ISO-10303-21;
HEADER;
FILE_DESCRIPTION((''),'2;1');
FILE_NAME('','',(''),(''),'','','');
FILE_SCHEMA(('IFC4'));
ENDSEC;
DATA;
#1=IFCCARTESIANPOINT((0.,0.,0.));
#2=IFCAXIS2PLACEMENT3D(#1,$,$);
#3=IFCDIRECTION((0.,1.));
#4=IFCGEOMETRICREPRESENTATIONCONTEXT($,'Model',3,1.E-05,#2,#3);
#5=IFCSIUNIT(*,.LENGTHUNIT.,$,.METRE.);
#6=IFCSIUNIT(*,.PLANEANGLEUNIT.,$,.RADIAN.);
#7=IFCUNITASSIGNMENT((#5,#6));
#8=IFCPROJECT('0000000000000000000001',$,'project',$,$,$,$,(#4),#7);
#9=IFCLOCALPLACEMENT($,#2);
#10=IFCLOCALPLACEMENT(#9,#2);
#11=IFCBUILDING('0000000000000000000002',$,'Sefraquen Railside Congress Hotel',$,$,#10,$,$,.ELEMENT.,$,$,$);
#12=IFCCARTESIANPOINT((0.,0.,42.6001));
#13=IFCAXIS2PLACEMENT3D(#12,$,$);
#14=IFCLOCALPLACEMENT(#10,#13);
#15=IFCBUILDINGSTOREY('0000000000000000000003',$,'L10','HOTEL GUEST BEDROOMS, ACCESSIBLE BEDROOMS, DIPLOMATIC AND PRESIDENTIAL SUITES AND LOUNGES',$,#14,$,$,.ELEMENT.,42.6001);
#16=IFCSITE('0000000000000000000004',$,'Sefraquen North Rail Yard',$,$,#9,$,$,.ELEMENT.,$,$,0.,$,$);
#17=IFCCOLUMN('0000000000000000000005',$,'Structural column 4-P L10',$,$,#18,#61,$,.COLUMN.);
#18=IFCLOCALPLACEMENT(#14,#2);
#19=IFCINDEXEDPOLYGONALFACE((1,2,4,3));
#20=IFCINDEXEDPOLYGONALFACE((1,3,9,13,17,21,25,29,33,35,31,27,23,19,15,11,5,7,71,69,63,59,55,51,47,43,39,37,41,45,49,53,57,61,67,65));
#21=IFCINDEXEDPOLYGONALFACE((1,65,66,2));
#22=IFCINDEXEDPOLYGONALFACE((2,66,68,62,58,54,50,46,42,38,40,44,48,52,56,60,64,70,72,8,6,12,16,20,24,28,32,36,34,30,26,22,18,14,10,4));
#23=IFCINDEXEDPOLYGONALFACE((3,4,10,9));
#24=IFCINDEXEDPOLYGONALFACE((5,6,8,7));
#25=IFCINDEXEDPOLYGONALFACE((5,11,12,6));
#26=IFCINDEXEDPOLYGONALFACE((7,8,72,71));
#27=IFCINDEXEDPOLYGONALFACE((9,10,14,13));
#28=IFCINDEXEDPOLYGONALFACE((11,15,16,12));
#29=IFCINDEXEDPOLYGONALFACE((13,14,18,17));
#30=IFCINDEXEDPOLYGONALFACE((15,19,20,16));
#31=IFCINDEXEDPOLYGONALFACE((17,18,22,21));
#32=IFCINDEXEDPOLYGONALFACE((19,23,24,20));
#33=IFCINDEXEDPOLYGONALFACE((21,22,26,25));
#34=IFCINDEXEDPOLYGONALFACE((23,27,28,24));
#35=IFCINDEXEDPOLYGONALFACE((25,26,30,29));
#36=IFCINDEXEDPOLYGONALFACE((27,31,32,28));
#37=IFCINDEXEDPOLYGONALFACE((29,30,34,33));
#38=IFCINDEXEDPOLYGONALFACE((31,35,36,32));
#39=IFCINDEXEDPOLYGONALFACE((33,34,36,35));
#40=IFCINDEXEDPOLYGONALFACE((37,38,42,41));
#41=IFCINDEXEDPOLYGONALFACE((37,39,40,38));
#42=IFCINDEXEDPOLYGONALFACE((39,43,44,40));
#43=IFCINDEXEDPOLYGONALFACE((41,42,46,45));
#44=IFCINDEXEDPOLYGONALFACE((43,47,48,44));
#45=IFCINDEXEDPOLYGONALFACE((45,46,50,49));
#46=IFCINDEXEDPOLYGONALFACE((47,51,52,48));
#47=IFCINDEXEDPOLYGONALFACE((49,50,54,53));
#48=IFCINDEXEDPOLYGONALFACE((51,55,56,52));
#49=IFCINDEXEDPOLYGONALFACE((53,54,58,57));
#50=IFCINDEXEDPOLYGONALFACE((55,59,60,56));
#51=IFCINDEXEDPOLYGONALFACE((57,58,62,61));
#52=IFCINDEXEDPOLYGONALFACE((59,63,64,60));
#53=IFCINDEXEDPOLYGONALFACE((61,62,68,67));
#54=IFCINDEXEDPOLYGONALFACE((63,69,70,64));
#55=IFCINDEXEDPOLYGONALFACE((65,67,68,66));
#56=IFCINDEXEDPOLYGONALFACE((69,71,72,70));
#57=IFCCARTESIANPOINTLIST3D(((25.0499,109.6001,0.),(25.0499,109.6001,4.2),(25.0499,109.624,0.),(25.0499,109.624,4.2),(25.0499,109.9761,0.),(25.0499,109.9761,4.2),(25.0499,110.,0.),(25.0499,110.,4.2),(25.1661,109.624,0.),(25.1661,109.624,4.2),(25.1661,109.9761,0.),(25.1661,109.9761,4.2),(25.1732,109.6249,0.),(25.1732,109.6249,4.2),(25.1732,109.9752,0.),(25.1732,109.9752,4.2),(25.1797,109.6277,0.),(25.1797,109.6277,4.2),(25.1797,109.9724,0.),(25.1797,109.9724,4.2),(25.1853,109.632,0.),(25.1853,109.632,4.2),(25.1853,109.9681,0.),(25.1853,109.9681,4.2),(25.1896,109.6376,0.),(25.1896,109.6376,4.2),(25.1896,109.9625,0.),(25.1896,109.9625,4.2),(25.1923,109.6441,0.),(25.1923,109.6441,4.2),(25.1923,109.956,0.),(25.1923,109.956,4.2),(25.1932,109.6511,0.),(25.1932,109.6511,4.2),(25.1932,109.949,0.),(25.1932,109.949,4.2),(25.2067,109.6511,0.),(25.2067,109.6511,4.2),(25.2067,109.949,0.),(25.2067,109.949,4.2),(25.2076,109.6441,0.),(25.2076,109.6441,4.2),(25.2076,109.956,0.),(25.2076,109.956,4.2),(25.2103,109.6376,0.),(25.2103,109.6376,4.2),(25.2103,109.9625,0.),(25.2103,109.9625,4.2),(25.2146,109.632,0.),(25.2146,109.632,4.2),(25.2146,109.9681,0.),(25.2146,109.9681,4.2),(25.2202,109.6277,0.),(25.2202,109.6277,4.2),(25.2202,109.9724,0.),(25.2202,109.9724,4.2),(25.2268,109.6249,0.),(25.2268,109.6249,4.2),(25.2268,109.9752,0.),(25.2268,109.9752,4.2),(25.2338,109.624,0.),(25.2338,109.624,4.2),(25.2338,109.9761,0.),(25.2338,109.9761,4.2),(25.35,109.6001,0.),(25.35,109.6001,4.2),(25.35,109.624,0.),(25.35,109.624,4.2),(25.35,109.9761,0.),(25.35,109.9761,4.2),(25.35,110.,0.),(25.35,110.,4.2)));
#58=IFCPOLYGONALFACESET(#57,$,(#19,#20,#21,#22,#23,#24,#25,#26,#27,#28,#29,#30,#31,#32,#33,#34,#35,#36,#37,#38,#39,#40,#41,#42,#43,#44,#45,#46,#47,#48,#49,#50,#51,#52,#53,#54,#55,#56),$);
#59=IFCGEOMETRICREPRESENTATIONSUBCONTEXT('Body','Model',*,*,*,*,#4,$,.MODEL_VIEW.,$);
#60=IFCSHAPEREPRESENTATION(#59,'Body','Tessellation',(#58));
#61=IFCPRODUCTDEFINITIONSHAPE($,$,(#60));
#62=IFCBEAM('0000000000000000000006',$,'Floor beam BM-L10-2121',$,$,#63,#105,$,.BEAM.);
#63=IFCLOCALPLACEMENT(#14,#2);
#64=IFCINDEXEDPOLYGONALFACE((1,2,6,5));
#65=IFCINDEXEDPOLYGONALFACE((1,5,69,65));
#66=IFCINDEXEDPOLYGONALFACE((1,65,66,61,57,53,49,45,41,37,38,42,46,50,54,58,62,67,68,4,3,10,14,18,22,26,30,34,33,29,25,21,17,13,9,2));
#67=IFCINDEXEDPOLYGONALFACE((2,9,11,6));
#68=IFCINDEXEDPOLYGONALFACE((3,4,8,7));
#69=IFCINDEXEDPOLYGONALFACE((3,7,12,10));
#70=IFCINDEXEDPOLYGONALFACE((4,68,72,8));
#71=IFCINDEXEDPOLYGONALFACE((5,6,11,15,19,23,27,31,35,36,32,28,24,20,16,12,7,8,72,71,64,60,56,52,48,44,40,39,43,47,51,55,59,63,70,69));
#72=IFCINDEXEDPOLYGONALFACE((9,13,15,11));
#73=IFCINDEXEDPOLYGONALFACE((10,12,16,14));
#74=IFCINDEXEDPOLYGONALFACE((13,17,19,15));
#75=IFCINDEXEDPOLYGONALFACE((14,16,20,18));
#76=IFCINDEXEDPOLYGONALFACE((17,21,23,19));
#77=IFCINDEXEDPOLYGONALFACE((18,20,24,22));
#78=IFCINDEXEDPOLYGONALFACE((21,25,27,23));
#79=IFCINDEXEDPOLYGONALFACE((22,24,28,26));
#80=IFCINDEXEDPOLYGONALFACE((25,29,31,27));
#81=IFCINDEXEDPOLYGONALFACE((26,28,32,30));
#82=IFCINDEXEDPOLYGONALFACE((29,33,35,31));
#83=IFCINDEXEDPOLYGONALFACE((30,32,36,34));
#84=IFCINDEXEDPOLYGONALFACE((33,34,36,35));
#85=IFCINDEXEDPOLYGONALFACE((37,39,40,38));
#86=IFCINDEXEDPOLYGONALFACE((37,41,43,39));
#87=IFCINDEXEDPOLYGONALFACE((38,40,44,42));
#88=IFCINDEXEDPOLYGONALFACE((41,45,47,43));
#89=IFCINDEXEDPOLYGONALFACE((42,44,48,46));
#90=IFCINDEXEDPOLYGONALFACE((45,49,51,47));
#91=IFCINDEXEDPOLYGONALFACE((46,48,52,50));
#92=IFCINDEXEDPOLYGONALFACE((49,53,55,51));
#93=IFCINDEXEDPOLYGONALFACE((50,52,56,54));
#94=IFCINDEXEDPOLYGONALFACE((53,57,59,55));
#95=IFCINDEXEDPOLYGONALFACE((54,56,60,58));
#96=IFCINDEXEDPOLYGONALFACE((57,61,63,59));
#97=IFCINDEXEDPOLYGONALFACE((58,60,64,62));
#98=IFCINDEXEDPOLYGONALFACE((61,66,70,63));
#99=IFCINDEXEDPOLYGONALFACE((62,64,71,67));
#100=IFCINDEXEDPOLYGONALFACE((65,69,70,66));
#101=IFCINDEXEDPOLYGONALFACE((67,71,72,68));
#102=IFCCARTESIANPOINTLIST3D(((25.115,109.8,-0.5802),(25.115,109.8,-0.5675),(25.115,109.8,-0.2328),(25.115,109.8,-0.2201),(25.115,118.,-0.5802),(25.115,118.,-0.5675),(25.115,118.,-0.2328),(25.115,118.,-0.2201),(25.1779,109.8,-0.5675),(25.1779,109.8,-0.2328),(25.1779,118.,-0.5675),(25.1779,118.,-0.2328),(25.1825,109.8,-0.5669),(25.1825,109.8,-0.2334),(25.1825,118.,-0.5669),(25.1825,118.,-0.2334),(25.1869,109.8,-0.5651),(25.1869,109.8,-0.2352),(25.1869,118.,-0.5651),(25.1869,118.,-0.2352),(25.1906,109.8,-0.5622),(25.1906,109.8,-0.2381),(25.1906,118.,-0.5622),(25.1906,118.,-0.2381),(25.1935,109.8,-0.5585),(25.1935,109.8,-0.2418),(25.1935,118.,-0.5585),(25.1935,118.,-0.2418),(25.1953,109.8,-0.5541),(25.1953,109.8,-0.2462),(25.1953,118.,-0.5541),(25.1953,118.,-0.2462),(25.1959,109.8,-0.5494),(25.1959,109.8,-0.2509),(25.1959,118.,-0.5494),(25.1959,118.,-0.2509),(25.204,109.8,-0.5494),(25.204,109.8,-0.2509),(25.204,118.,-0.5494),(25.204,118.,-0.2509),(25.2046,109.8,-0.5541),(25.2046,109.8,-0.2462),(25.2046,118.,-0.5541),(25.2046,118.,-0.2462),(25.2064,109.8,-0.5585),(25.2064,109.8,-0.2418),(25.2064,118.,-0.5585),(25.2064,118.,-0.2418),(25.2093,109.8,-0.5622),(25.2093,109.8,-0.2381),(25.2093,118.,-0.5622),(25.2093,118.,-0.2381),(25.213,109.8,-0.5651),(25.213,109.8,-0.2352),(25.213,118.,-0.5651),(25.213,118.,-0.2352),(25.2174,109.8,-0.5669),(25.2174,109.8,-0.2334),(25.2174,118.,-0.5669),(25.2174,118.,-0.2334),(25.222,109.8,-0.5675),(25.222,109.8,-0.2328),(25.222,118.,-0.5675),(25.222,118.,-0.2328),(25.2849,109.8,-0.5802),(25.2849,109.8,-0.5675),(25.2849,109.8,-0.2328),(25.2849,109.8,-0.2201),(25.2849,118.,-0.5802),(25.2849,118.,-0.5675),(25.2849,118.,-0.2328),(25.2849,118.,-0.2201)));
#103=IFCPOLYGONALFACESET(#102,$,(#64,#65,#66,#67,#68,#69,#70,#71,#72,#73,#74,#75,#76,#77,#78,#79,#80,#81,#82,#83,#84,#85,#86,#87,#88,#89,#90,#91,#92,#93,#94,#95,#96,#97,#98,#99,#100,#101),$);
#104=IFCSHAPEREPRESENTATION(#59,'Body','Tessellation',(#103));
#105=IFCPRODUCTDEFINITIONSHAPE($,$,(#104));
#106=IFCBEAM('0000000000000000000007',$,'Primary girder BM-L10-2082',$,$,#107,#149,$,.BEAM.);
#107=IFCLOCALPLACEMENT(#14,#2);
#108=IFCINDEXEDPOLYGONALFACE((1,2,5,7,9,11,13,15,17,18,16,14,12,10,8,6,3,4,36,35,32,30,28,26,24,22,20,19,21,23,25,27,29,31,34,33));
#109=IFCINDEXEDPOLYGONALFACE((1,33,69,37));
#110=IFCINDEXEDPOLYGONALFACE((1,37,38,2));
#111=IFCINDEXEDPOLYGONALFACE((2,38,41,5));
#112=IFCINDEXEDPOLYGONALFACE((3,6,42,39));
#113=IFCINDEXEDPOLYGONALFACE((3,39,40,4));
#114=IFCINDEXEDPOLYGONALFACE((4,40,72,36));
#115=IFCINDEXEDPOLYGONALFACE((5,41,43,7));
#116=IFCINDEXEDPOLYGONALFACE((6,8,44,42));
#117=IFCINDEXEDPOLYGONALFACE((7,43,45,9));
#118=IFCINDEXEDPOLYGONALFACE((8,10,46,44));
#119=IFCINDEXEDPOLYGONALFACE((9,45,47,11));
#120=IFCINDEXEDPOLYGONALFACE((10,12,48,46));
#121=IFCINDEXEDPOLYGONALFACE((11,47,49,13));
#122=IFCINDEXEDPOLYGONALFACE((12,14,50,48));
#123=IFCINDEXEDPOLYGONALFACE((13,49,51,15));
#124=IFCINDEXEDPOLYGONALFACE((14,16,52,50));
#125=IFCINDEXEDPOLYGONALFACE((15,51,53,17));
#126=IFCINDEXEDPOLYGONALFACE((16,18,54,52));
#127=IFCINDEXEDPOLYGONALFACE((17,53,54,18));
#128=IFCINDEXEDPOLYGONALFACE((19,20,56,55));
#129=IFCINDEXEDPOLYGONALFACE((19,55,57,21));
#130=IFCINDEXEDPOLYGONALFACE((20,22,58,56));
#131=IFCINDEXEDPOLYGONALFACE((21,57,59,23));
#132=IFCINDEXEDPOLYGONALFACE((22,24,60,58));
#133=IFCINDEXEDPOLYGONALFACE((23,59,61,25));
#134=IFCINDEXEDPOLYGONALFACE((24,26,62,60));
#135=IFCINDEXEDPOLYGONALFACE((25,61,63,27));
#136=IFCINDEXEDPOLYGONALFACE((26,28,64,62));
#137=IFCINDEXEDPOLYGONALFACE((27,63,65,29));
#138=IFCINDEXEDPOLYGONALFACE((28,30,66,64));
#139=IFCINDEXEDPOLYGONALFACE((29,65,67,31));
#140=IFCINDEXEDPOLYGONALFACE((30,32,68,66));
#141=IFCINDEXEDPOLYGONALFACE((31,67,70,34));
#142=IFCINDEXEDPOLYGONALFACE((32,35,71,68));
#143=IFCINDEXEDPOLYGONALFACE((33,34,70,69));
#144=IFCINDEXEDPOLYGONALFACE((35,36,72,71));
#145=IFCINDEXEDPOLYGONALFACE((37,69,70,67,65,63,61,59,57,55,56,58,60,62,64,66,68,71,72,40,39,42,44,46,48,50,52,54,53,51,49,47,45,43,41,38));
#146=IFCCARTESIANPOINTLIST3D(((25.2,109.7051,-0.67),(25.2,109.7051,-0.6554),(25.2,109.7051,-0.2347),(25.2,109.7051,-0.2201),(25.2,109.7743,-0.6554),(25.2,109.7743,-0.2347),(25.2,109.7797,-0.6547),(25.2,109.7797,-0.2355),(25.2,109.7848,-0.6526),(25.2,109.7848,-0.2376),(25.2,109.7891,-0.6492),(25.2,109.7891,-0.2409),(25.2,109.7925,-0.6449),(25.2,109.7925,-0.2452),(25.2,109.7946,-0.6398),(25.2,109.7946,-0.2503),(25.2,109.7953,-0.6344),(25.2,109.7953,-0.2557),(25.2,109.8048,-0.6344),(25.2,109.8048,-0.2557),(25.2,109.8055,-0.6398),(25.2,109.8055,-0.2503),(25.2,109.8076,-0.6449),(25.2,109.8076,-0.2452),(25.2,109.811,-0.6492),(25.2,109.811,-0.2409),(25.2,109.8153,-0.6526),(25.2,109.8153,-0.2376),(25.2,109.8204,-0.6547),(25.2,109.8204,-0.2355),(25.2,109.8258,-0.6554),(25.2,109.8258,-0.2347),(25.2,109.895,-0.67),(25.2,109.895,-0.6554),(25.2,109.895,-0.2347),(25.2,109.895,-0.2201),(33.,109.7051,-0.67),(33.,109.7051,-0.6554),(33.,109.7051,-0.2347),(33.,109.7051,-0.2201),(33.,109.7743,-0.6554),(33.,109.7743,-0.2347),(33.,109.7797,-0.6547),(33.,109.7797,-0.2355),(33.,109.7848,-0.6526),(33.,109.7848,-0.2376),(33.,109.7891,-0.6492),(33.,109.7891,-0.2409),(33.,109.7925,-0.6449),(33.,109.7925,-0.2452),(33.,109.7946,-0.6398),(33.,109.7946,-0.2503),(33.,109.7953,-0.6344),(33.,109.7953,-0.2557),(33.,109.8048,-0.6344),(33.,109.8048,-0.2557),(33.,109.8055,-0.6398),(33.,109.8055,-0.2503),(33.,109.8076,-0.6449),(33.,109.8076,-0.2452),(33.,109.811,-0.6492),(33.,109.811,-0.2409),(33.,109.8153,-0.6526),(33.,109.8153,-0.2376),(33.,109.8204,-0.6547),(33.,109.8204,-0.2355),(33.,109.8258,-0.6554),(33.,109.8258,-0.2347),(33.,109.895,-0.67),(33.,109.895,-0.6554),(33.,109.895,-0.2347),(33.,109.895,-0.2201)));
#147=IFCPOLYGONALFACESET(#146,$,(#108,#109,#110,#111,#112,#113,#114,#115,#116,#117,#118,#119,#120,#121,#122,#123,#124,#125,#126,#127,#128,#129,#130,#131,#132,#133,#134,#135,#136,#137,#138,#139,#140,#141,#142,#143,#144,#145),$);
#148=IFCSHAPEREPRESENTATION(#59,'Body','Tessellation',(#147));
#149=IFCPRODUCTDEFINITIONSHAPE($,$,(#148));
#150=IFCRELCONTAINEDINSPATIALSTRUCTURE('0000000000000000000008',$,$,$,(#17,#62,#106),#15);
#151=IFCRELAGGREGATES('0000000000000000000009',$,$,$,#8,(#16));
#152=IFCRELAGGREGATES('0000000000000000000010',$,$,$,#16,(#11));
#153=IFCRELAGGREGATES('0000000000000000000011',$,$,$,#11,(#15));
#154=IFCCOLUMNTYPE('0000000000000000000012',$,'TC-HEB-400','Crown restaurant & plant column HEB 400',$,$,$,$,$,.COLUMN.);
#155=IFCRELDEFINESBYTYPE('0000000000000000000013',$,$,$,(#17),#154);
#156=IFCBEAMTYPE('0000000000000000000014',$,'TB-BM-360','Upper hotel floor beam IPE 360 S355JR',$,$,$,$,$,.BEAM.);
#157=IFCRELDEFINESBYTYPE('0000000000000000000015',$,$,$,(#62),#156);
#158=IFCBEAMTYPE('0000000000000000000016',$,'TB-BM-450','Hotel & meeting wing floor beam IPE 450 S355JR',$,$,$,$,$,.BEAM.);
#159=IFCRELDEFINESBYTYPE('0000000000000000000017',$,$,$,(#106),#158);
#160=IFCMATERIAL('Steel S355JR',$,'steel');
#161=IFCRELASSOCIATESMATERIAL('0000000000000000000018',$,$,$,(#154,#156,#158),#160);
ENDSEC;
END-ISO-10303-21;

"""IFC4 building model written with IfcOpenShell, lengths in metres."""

from ifc_helpers import new_model, si_unit, direction, frame, origin, origin_2d, place, context, subcontext, project, spatial, i_section, extrude, material, material_profile, profile_set, type_object, element, save


model = new_model("IFC4")

# Units and contexts
model_context = context("Model", 3, precision=1e-05, world=origin(), true_north=direction((0.0, 1.0)))
body_context = subcontext(model_context, "Body", "Model", "MODEL_VIEW")
ifc_project = project(units=[si_unit("LENGTHUNIT", "METRE"), si_unit("PLANEANGLEUNIT", "RADIAN")], contexts=[model_context])

# Site, building, storey
site_placement = place(None, origin())
site = spatial("IfcSite", under=ifc_project, at=site_placement, Name="Sefraquen North Rail Yard", CompositionType="ELEMENT", RefElevation=0.0)
building_placement = place(site_placement, origin())
building = spatial("IfcBuilding", under=site, at=building_placement, Name="Sefraquen Railside Congress Hotel", CompositionType="ELEMENT")
storey_placement = place(building_placement, frame((0.0, 0.0, 42.6001)))
storey = spatial("IfcBuildingStorey", under=building, at=storey_placement, Name="L10", Description="HOTEL GUEST BEDROOMS, ACCESSIBLE BEDROOMS, DIPLOMATIC AND PRESIDENTIAL SUITES AND LOUNGES", CompositionType="ELEMENT", Elevation=42.6001)

# Column
ifc_material_1 = material(Name="Steel S355JR", Category="steel")
ifc_material_profile_1 = material_profile(ifc_material_1, i_section(OverallWidth=0.3, OverallDepth=0.3999, WebThickness=0.0134, FlangeThickness=0.0239, FilletRadius=0.0271, at=origin_2d()), Name="HEB 400")
ifc_profile_set_1 = profile_set([ifc_material_profile_1], Name="Steel S355JR")
column_type = type_object("IfcColumnType", Name="TC-HEB-400", Description="Crown restaurant & plant column HEB 400", PredefinedType="COLUMN", material=ifc_profile_set_1)
column_placement = place(storey_placement, frame((25.2, 109.8, 0.0), z_axis=(0.0, 0.0, 1.0), x_axis=(1.0, 0.0, 0.0)))
element("IfcColumn", 1, at=column_placement, inside=storey, type_object=column_type, Name="Structural column 4-P L10", PredefinedType="COLUMN", context=body_context, shape_type="SweptSolid", body=[
    extrude(i_section(OverallWidth=0.3, OverallDepth=0.3999, WebThickness=0.0134, FlangeThickness=0.0239, FilletRadius=0.0271, at=origin_2d()), origin(), (0.0, 0.0, 1.0), 4.2),
])

# Beams
ifc_material_profile_2 = material_profile(ifc_material_1, i_section(OverallWidth=0.1699, OverallDepth=0.3601, WebThickness=0.0081, FlangeThickness=0.0127, FilletRadius=0.0181, at=origin_2d()), Name="IPE 360")
ifc_profile_set_2 = profile_set([ifc_material_profile_2], Name="Steel S355JR")
beam_type_1 = type_object("IfcBeamType", Name="TB-BM-360", Description="Upper hotel floor beam IPE 360 S355JR", PredefinedType="BEAM", material=ifc_profile_set_2)
beam_1_placement = place(storey_placement, frame((25.2, 109.8, -0.4001), z_axis=(0.0, 1.0, 0.0), x_axis=(-1.0, 0.0, 0.0)))
element("IfcBeam", 2, at=beam_1_placement, inside=storey, type_object=beam_type_1, Name="Floor beam BM-L10-2121", PredefinedType="BEAM", context=body_context, shape_type="SweptSolid", body=[
    extrude(i_section(OverallWidth=0.1699, OverallDepth=0.3601, WebThickness=0.0081, FlangeThickness=0.0127, FilletRadius=0.0181, at=origin_2d()), origin(), (0.0, 0.0, 1.0), 8.2),
])
ifc_material_profile_3 = material_profile(ifc_material_1, i_section(OverallWidth=0.1899, OverallDepth=0.45, WebThickness=0.0095, FlangeThickness=0.0146, FilletRadius=0.021, at=origin_2d()), Name="IPE 450")
ifc_profile_set_3 = profile_set([ifc_material_profile_3], Name="Steel S355JR")
beam_type_2 = type_object("IfcBeamType", Name="TB-BM-450", Description="Hotel & meeting wing floor beam IPE 450 S355JR", PredefinedType="BEAM", material=ifc_profile_set_3)
beam_2_placement = place(storey_placement, frame((25.2, 109.8, -0.4451), z_axis=(1.0, 0.0, 0.0), x_axis=(0.0, 1.0, 0.0)))
element("IfcBeam", 3, at=beam_2_placement, inside=storey, type_object=beam_type_2, Name="Primary girder BM-L10-2082", PredefinedType="BEAM", context=body_context, shape_type="SweptSolid", body=[
    extrude(i_section(OverallWidth=0.1899, OverallDepth=0.45, WebThickness=0.0095, FlangeThickness=0.0146, FilletRadius=0.021, at=origin_2d()), origin(), (0.0, 0.0, 1.0), 7.8),
])

save(model, "model.ifc")
